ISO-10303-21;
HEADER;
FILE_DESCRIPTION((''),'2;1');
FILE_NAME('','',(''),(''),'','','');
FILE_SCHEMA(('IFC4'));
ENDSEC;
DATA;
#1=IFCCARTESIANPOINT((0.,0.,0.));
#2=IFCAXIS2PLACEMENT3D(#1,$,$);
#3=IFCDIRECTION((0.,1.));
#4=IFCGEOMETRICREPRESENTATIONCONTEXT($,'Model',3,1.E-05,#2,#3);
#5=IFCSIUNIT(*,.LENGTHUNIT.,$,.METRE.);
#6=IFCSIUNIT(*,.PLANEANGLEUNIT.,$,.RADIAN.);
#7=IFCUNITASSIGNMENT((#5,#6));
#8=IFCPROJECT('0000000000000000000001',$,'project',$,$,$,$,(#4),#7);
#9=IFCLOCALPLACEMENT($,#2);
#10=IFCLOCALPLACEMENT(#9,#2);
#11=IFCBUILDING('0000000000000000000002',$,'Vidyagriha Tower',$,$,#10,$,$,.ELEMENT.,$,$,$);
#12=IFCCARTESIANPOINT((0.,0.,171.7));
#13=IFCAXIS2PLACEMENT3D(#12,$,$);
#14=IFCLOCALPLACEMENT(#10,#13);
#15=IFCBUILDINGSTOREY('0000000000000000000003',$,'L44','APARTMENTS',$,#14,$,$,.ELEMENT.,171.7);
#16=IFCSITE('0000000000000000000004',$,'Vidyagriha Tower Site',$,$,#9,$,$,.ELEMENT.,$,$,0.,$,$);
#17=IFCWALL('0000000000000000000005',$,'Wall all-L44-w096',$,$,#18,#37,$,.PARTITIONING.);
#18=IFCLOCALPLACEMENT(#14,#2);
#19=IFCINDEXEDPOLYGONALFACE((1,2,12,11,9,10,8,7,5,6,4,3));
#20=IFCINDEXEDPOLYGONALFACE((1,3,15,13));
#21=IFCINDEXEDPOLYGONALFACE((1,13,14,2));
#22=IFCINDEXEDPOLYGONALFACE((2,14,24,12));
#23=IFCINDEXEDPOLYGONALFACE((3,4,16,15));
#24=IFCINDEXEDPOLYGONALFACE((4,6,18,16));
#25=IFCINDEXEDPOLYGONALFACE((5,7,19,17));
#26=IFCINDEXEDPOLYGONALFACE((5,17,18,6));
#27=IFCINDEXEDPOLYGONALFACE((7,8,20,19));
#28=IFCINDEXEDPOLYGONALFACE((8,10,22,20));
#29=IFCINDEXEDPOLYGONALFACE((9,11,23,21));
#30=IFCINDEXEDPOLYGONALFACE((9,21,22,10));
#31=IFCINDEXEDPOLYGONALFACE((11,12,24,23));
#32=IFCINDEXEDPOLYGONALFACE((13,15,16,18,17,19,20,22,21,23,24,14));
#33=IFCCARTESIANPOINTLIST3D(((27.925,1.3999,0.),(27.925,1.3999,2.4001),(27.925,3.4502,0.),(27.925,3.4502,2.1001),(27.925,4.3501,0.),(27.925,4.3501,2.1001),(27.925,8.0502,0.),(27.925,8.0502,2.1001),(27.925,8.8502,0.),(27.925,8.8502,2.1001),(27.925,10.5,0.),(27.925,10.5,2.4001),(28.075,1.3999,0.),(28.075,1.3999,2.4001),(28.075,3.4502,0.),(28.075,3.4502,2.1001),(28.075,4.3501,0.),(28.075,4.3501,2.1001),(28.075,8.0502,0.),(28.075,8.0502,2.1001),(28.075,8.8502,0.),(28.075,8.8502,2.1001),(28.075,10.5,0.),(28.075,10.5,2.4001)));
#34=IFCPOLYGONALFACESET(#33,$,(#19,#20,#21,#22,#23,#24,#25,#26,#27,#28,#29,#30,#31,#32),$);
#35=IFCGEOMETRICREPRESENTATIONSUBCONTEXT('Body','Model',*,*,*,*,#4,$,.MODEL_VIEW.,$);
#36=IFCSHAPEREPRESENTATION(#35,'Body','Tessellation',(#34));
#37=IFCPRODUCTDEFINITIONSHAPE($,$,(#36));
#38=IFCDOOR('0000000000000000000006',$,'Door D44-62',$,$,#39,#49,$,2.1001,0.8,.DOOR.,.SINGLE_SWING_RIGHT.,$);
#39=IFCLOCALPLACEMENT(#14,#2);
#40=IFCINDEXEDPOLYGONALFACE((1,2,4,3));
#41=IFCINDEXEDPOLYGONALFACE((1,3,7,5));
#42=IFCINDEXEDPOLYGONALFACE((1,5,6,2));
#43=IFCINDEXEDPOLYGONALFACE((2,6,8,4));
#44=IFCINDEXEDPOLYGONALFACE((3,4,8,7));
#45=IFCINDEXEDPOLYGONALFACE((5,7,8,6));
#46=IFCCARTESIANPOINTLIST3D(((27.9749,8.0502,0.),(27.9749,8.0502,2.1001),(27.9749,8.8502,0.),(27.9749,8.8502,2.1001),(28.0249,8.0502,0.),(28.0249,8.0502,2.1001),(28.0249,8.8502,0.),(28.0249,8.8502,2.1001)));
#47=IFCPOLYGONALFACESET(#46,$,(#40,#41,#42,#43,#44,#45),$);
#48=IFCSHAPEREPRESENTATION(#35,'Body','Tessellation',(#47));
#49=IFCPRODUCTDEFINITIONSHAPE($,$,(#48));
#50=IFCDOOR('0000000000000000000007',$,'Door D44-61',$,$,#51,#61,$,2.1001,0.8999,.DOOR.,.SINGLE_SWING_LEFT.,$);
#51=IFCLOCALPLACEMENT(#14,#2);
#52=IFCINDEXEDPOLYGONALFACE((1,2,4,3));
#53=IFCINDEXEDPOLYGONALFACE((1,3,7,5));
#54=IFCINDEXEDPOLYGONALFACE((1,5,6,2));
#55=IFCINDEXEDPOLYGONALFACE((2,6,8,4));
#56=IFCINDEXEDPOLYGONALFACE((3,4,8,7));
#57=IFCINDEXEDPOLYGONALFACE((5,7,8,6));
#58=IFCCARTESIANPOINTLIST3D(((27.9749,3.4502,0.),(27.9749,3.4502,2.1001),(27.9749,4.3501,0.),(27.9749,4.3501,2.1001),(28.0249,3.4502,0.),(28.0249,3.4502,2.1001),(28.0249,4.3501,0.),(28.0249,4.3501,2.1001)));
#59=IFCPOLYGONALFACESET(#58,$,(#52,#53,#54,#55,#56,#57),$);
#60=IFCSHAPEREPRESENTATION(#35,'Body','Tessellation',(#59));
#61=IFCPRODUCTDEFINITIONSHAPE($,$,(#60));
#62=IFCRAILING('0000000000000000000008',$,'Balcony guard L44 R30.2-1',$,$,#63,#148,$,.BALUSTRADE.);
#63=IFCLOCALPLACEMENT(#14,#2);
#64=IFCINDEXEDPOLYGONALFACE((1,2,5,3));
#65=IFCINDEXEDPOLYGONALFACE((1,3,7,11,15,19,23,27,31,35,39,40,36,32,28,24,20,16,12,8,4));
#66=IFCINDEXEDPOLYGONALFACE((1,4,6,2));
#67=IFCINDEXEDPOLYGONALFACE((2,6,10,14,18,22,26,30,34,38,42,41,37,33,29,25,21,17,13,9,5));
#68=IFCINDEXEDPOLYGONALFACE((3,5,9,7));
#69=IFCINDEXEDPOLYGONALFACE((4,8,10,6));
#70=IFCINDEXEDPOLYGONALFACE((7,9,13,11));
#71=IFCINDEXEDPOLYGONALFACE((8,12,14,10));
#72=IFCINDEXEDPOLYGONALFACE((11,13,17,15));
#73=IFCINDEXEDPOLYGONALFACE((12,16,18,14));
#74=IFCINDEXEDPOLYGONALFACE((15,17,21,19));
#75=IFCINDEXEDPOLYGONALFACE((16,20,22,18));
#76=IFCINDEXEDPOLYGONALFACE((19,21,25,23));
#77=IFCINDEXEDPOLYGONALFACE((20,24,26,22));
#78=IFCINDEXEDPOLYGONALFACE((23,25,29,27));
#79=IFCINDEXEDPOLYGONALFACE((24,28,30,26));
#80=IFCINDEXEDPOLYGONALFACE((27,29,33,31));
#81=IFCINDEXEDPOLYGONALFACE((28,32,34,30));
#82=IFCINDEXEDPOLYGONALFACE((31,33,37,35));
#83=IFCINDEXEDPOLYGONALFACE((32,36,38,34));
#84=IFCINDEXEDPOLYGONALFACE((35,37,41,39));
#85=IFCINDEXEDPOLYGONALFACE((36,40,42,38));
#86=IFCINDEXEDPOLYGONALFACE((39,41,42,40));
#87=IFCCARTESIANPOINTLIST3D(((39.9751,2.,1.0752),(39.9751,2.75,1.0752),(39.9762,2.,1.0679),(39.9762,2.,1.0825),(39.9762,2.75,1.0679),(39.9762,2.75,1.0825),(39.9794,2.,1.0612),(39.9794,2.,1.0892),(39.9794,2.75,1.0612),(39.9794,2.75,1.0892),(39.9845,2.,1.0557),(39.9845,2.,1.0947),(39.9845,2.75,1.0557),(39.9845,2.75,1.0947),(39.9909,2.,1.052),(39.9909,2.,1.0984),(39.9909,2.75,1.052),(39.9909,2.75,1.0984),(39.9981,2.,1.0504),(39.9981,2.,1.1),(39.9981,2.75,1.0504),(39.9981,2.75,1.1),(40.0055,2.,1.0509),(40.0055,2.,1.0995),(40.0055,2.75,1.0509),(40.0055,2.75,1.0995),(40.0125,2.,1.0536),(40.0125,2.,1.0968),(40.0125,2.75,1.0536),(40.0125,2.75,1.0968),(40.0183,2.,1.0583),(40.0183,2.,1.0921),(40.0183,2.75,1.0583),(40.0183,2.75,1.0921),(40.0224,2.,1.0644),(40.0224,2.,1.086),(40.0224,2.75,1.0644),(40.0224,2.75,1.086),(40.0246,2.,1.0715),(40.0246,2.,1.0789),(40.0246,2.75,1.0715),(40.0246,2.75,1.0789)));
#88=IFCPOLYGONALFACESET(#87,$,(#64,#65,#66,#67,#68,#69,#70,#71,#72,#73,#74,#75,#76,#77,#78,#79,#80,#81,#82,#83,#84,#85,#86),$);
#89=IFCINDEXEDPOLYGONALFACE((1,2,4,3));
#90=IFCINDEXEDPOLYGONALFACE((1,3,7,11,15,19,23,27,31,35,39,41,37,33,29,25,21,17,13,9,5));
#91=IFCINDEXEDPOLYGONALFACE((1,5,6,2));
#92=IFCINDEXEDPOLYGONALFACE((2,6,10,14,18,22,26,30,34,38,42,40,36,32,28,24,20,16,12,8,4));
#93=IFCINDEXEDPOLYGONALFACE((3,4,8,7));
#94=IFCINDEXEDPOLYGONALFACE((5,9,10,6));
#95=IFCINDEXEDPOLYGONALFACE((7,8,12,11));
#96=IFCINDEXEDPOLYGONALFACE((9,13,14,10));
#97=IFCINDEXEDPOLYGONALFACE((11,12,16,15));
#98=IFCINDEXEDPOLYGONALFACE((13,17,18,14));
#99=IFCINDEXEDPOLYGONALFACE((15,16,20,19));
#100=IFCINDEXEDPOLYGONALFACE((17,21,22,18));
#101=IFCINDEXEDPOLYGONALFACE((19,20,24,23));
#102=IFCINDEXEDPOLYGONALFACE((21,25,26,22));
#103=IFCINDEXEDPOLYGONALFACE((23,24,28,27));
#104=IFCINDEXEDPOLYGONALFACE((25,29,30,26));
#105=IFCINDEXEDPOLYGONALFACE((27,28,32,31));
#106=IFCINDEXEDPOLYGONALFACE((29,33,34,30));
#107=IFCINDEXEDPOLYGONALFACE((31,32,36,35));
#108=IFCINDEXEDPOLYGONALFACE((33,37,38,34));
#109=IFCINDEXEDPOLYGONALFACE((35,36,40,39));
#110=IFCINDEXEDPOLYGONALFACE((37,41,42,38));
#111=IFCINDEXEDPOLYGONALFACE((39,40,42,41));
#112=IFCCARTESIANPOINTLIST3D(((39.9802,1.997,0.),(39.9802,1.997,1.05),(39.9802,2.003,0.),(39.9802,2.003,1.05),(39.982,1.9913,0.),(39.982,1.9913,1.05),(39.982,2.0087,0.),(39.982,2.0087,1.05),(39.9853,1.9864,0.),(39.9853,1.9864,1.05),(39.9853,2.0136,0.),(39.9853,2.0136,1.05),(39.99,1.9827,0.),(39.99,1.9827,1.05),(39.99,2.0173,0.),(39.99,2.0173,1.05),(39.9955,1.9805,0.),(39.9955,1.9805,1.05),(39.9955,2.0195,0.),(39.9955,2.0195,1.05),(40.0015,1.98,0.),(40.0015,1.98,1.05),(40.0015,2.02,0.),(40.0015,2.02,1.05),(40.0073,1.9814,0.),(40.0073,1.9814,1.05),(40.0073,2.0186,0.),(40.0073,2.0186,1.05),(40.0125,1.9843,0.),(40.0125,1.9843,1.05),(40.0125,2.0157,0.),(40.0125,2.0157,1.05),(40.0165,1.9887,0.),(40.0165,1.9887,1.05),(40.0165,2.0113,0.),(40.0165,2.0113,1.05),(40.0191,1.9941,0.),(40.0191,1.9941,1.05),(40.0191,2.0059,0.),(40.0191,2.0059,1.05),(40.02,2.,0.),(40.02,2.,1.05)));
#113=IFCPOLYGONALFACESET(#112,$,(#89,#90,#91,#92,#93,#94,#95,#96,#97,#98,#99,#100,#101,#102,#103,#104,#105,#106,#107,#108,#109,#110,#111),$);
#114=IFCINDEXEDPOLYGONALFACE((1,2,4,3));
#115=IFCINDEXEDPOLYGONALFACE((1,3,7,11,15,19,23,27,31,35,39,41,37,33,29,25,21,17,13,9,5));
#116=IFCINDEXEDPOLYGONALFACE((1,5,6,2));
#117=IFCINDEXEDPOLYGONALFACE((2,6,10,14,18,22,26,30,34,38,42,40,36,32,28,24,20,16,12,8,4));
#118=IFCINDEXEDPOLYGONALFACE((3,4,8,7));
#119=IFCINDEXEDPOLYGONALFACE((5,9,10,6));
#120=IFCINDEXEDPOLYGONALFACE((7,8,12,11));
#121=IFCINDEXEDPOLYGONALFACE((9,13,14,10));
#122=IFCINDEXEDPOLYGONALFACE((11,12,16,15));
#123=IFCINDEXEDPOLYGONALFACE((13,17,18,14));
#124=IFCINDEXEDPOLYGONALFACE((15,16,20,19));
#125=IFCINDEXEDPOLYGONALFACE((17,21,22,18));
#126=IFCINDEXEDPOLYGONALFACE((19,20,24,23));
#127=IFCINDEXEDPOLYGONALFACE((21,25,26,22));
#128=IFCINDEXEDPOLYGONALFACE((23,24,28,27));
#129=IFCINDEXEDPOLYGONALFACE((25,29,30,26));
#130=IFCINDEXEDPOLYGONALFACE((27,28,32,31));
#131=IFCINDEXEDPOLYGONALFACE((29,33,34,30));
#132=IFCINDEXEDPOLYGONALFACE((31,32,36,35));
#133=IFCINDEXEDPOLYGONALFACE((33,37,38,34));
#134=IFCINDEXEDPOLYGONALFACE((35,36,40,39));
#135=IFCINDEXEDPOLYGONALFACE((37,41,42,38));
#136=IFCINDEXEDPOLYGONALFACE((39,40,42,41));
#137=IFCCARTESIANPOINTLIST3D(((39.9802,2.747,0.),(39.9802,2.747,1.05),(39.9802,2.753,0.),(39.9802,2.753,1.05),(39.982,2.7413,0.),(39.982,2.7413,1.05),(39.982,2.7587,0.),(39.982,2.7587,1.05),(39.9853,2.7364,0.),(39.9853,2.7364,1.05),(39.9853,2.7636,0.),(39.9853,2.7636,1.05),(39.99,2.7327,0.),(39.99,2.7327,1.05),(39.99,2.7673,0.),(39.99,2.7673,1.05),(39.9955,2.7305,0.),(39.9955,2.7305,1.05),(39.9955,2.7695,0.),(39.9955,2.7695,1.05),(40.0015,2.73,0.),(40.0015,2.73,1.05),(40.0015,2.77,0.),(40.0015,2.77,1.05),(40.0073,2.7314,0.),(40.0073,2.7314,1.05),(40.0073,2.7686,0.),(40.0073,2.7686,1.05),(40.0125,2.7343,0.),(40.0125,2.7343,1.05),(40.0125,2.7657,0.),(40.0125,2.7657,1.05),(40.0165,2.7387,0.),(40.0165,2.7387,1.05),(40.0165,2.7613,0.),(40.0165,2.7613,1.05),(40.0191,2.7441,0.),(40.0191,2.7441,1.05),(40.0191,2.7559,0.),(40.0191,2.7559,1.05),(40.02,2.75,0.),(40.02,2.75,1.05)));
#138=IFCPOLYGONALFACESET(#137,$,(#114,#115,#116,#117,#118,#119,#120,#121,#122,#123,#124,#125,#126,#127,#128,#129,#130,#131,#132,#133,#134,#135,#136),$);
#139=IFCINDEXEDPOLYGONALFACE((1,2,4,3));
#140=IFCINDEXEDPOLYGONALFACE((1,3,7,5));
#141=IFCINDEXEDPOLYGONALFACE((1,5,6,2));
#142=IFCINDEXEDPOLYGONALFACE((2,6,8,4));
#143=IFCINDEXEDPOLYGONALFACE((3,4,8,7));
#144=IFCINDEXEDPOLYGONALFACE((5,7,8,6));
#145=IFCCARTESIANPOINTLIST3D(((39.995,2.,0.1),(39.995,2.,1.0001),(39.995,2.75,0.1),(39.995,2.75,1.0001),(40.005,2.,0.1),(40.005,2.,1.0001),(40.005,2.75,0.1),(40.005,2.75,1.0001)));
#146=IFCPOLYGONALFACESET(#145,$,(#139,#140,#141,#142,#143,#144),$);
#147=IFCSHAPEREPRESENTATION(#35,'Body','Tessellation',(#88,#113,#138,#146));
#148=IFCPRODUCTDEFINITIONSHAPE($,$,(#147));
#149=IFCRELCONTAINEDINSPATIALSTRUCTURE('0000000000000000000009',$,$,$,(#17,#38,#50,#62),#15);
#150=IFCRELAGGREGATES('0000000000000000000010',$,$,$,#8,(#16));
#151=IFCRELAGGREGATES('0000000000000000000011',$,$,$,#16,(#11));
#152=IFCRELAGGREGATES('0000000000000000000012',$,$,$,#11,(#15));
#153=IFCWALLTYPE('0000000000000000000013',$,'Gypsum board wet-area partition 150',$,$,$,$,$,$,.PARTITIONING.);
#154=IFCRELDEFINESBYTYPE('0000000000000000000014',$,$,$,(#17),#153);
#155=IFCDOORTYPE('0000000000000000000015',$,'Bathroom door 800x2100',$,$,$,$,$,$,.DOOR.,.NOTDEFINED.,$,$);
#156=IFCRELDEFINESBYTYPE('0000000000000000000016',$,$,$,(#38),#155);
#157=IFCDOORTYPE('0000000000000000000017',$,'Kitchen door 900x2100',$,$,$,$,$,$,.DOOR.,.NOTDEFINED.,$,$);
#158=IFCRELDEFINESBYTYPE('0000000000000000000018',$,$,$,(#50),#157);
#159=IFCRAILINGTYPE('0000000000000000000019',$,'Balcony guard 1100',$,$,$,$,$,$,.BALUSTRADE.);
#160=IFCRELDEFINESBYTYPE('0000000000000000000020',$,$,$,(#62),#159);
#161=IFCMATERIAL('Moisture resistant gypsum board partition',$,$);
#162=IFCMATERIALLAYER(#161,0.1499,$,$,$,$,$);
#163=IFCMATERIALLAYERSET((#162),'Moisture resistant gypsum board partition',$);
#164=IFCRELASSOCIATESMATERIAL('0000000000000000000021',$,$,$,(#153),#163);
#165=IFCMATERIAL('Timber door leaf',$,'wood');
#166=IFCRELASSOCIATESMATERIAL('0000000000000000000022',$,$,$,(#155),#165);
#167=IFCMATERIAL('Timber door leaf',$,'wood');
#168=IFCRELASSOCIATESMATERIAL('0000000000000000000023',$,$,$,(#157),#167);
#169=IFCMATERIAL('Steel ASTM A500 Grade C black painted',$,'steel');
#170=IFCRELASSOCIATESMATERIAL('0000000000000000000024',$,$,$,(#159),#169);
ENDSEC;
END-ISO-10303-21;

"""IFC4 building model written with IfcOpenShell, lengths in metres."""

from ifc_helpers import new_model, si_unit, direction, frame, frame_2d, origin, origin_2d, place, context, subcontext, project, spatial, rectangle, circle, extrude, material, layer, layer_set, type_object, element, fill, save


model = new_model("IFC4")

# Units and contexts
model_context = context("Model", 3, precision=1e-05, world=origin(), true_north=direction((0.0, 1.0)))
body_context = subcontext(model_context, "Body", "Model", "MODEL_VIEW")
ifc_project = project(units=[si_unit("LENGTHUNIT", "METRE"), si_unit("PLANEANGLEUNIT", "RADIAN")], contexts=[model_context])

# Site, building, storey
site_placement = place(None, origin())
site = spatial("IfcSite", under=ifc_project, at=site_placement, Name="Vidyagriha Tower Site", CompositionType="ELEMENT", RefElevation=0.0)
building_placement = place(site_placement, origin())
building = spatial("IfcBuilding", under=site, at=building_placement, Name="Vidyagriha Tower", CompositionType="ELEMENT")
storey_placement = place(building_placement, frame((0.0, 0.0, 171.7)))
storey = spatial("IfcBuildingStorey", under=building, at=storey_placement, Name="L44", Description="APARTMENTS", CompositionType="ELEMENT", Elevation=171.7)

# Wall, openings, doors
ifc_material_1 = material(Name="Moisture resistant gypsum board partition")
ifc_layer_1 = layer(ifc_material_1, 0.1499)
ifc_layer_set_1 = layer_set([ifc_layer_1], Name="Moisture resistant gypsum board partition")
wall_type_1 = type_object("IfcWallType", Name="Gypsum board wet-area partition 150", PredefinedType="PARTITIONING", material=ifc_layer_set_1)
wall_1_placement = place(storey_placement, frame((28.0, 10.5, 0.0), z_axis=(0.0, 0.0, 1.0), x_axis=(0.0, -1.0, 0.0)))
wall_1 = element("IfcWall", 1, at=wall_1_placement, inside=storey, type_object=wall_type_1, Name="Wall all-L44-w096", PredefinedType="PARTITIONING", context=body_context, shape_type="SweptSolid", body=[
    extrude(rectangle(XDim=9.1001, YDim=0.1499, at=frame_2d((4.55, 0.0))), origin(), (0.0, 0.0, 1.0), 2.4001),
])
opening_1_placement = place(wall_1_placement, frame((6.1499, 0.0, 0.0)))
opening_1 = element("IfcOpeningElement", 2, at=opening_1_placement, cuts=wall_1, PredefinedType="OPENING", context=body_context, shape_type="SweptSolid", body=[
    extrude(rectangle(XDim=0.8999, YDim=2.1001, at=frame_2d((0.45, 1.05))), frame((0.0, 0.085, 0.0), z_axis=(0.0, -1.0, 0.0), x_axis=(1.0, 0.0, 0.0)), (0.0, 0.0, 1.0), 0.1699),
])
opening_2_placement = place(wall_1_placement, frame((1.6499, 0.0, 0.0)))
opening_2 = element("IfcOpeningElement", 3, at=opening_2_placement, cuts=wall_1, PredefinedType="OPENING", context=body_context, shape_type="SweptSolid", body=[
    extrude(rectangle(XDim=0.8, YDim=2.1001, at=frame_2d((0.3999, 1.05))), frame((0.0, 0.085, 0.0), z_axis=(0.0, -1.0, 0.0), x_axis=(1.0, 0.0, 0.0)), (0.0, 0.0, 1.0), 0.1699),
])
ifc_material_2 = material(Name="Timber door leaf", Category="wood")
door_type_1 = type_object("IfcDoorType", Name="Bathroom door 800x2100", OperationType="NOTDEFINED", PredefinedType="DOOR", material=ifc_material_2)
door_1_placement = place(opening_2_placement, origin())
door_1 = element("IfcDoor", 4, at=door_1_placement, inside=storey, type_object=door_type_1, Name="Door D44-62", OperationType="SINGLE_SWING_RIGHT", OverallHeight=2.1001, OverallWidth=0.8, PredefinedType="DOOR", context=body_context, shape_type="SweptSolid", body=[
    extrude(rectangle(XDim=0.8, YDim=2.1001, at=frame_2d((0.3999, 1.05))), frame((0.0, 0.0249, 0.0), z_axis=(0.0, -1.0, 0.0), x_axis=(1.0, 0.0, 0.0)), (0.0, 0.0, 1.0), 0.05),
])
fill(opening_2, door_1)
ifc_material_3 = material(Name="Timber door leaf", Category="wood")
door_type_2 = type_object("IfcDoorType", Name="Kitchen door 900x2100", OperationType="NOTDEFINED", PredefinedType="DOOR", material=ifc_material_3)
door_2_placement = place(opening_1_placement, origin())
door_2 = element("IfcDoor", 5, at=door_2_placement, inside=storey, type_object=door_type_2, Name="Door D44-61", OperationType="SINGLE_SWING_LEFT", OverallHeight=2.1001, OverallWidth=0.8999, PredefinedType="DOOR", context=body_context, shape_type="SweptSolid", body=[
    extrude(rectangle(XDim=0.8999, YDim=2.1001, at=frame_2d((0.45, 1.05))), frame((0.0, 0.0249, 0.0), z_axis=(0.0, -1.0, 0.0), x_axis=(1.0, 0.0, 0.0)), (0.0, 0.0, 1.0), 0.05),
])
fill(opening_1, door_2)

# Railing
ifc_material_4 = material(Name="Steel ASTM A500 Grade C black painted", Category="steel")
railing_type_1 = type_object("IfcRailingType", Name="Balcony guard 1100", PredefinedType="BALUSTRADE", material=ifc_material_4)
railing_1_placement = place(storey_placement, frame((40.0, 2.0, 0.0)))
element("IfcRailing", 6, at=railing_1_placement, inside=storey, type_object=railing_type_1, Name="Balcony guard L44 R30.2-1", PredefinedType="BALUSTRADE", context=body_context, shape_type="SweptSolid", body=[
    extrude(circle(Radius=0.0249, at=origin_2d()), frame((0.0, 0.0, 1.0752), z_axis=(0.0, 1.0, 0.0), x_axis=(-1.0, 0.0, 0.0)), (0.0, 0.0, 1.0), 0.75),
    extrude(circle(Radius=0.02, at=origin_2d()), origin(), (0.0, 0.0, 1.0), 1.05),
    extrude(circle(Radius=0.02, at=origin_2d()), frame((0.0, 0.75, 0.0)), (0.0, 0.0, 1.0), 1.05),
    extrude(rectangle(XDim=0.01, YDim=0.9001, at=origin_2d()), frame((0.0, 0.0, 0.55), z_axis=(0.0, 1.0, 0.0), x_axis=(-1.0, 0.0, 0.0)), (0.0, 0.0, 1.0), 0.75),
])

save(model, "model.ifc")
